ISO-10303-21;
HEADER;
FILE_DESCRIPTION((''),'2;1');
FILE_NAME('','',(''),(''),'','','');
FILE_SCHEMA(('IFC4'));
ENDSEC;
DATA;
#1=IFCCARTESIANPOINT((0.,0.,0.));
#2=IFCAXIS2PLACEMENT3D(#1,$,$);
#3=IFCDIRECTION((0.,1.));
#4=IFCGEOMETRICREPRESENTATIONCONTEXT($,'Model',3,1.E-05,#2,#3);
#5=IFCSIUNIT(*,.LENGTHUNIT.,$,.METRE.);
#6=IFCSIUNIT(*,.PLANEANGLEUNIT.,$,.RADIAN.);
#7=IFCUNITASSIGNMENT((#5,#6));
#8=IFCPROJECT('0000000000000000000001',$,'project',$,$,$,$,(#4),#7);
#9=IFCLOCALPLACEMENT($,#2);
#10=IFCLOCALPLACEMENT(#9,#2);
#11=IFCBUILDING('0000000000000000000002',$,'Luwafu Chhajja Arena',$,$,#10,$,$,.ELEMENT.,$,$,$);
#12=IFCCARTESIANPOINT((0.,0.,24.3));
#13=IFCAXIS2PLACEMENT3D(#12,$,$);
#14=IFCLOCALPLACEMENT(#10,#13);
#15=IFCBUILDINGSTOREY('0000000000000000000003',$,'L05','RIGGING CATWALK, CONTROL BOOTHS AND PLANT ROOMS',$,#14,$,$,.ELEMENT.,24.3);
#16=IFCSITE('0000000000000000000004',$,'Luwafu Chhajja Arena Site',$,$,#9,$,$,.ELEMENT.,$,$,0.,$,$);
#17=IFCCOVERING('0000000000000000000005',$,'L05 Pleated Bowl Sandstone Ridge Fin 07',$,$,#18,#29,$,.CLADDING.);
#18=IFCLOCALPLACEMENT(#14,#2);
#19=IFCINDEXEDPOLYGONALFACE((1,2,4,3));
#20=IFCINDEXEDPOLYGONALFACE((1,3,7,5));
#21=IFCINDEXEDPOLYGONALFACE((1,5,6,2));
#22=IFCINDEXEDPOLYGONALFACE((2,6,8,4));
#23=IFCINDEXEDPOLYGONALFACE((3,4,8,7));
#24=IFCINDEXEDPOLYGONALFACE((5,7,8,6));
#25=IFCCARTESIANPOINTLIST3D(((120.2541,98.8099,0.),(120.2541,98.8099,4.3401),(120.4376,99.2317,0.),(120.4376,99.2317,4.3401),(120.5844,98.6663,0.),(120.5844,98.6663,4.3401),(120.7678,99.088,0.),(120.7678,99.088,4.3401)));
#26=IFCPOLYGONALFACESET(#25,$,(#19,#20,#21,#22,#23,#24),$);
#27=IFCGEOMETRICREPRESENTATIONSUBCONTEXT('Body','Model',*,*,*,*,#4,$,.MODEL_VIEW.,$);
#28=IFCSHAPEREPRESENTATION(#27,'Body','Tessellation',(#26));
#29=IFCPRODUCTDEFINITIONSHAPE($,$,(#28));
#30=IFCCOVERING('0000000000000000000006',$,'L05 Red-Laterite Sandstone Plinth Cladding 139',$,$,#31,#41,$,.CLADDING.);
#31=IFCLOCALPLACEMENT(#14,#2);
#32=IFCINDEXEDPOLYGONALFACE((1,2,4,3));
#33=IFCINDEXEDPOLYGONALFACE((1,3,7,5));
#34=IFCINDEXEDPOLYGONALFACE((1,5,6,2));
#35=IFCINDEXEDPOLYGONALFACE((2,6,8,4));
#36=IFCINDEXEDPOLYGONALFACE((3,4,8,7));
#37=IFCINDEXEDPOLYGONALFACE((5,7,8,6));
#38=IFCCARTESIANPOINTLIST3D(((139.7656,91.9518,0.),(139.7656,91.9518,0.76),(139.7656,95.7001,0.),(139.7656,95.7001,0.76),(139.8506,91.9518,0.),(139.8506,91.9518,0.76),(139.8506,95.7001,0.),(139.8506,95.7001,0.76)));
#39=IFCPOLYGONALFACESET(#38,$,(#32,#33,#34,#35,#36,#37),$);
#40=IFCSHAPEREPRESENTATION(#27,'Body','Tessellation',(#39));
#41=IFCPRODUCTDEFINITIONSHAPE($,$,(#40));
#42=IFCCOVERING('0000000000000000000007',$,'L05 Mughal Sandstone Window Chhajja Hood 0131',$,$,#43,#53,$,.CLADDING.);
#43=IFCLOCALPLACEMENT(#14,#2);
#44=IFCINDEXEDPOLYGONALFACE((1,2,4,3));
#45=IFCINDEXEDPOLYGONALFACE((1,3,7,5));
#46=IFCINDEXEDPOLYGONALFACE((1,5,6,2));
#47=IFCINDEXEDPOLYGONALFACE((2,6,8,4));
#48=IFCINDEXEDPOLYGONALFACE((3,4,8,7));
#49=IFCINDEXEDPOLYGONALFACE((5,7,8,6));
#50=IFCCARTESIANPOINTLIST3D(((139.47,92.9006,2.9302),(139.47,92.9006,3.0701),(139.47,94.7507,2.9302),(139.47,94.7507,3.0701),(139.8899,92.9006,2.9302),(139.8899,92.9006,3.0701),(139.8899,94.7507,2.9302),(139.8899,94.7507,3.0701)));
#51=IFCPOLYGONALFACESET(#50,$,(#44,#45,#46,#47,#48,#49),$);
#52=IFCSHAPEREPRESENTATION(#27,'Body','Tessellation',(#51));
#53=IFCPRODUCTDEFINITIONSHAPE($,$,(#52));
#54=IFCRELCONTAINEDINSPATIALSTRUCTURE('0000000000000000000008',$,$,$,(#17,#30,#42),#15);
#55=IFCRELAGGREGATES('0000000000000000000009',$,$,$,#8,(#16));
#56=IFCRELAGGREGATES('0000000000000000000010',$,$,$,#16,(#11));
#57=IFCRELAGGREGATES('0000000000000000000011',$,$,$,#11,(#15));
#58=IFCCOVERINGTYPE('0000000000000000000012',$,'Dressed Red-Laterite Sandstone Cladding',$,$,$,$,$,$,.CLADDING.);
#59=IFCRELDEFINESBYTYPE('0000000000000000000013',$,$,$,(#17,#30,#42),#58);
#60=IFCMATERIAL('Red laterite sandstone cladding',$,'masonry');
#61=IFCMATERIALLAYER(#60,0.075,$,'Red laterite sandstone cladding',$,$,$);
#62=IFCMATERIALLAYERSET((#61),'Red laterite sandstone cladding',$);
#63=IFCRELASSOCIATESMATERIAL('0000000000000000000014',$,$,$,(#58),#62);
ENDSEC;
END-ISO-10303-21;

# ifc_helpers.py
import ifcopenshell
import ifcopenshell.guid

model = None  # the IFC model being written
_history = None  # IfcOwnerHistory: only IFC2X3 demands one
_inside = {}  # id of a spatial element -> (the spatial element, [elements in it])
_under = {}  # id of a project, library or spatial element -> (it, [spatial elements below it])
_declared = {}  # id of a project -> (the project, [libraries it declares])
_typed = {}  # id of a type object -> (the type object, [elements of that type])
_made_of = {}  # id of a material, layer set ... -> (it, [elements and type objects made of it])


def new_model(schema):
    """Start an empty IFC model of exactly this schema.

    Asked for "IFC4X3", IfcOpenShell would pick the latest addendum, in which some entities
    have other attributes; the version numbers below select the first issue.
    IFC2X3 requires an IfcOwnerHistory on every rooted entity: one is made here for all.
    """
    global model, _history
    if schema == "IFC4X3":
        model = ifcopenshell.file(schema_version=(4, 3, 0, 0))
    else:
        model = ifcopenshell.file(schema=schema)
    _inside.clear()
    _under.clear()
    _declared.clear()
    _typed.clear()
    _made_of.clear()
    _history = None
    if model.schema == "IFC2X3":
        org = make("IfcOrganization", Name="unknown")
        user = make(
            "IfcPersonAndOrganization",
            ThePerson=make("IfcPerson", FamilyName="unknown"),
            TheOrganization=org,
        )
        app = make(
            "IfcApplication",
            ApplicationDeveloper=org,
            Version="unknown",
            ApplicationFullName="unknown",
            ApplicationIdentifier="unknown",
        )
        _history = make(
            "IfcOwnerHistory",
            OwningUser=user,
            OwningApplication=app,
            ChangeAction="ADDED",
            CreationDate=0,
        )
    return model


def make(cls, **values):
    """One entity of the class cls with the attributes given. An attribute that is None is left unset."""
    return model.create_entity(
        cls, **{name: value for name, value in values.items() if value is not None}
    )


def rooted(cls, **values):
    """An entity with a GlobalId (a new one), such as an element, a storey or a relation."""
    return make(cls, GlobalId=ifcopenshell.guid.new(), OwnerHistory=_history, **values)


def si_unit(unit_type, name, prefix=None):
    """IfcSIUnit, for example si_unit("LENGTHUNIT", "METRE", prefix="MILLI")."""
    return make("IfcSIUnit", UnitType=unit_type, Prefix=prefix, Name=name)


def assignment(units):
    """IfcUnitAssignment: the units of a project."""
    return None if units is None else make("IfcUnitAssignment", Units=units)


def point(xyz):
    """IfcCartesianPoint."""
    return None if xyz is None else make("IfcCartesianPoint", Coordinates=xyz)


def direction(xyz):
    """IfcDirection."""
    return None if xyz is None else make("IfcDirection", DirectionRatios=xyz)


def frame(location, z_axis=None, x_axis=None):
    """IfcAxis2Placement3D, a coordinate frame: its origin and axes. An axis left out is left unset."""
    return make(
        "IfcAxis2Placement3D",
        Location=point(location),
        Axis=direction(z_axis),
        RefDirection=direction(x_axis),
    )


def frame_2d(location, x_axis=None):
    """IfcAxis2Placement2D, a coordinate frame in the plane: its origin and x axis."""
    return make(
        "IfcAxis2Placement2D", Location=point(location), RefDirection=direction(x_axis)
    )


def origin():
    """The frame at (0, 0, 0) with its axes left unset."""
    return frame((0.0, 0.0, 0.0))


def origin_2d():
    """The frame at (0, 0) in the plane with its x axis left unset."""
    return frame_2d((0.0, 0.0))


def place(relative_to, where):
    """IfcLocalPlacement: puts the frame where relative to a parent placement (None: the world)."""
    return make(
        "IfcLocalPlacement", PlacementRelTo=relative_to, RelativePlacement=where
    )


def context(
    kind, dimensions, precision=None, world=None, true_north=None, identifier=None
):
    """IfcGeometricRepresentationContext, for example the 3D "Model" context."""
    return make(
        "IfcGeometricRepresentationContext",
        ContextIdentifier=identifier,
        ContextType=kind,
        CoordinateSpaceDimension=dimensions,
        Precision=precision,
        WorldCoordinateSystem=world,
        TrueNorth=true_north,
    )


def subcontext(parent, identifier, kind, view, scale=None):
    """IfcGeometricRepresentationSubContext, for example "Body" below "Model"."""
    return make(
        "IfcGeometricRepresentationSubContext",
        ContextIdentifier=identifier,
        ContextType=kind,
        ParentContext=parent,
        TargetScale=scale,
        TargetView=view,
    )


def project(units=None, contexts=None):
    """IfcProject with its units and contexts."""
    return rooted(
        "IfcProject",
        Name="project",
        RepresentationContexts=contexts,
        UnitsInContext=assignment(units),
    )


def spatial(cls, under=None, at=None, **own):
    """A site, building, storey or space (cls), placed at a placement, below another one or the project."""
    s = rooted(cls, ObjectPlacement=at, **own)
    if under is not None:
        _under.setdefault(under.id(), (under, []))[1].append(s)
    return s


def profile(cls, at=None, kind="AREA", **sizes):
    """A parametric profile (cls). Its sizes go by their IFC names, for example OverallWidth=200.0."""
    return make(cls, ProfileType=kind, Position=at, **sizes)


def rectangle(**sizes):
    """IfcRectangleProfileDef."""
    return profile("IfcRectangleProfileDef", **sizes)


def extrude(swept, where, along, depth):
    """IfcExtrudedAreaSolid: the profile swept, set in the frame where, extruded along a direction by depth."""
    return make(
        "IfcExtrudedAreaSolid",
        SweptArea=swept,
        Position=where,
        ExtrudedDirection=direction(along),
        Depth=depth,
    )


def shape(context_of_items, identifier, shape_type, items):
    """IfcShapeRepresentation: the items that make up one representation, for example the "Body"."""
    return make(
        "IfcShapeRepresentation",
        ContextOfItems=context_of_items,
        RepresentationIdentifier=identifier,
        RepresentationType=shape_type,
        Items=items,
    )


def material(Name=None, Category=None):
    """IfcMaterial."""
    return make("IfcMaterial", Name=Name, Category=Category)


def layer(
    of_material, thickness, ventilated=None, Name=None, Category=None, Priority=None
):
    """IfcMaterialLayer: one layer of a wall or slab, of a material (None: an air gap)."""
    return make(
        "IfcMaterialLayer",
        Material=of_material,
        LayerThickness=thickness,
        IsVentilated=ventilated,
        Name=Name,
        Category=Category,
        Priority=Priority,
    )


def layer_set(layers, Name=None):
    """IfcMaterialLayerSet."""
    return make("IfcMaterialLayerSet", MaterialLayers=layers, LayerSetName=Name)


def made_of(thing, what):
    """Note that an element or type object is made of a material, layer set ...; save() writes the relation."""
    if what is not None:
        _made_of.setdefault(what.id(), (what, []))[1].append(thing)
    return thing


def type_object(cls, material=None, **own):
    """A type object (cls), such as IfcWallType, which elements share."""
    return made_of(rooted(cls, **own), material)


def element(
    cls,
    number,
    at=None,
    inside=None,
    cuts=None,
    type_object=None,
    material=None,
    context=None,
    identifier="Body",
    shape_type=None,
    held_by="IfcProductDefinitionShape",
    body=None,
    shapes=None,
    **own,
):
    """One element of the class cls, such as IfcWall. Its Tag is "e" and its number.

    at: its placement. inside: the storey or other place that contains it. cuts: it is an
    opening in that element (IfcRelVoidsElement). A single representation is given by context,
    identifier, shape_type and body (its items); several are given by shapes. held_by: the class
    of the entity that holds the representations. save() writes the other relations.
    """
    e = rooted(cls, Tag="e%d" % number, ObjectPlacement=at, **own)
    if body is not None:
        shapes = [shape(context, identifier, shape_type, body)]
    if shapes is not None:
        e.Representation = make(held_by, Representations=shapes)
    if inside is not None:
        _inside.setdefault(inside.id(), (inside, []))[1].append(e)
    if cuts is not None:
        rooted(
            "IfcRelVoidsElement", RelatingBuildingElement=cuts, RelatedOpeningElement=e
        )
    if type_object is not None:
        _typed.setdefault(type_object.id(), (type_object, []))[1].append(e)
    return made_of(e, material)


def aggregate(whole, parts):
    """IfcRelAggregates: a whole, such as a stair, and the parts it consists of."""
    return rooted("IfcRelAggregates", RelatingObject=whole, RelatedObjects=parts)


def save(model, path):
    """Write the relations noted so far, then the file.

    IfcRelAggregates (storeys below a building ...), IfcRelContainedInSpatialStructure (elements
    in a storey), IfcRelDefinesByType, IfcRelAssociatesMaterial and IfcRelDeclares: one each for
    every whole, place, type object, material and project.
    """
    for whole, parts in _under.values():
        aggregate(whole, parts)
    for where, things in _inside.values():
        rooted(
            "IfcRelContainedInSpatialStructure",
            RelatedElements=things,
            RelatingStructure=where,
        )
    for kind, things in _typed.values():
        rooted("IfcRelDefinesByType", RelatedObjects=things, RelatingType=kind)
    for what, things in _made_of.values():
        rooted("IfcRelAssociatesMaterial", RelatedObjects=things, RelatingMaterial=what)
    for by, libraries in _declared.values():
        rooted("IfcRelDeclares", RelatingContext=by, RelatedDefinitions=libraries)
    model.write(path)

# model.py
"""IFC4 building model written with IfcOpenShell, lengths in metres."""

from ifc_helpers import new_model, si_unit, direction, frame, origin, origin_2d, place, context, subcontext, project, spatial, rectangle, extrude, material, layer, layer_set, type_object, element, save


model = new_model("IFC4")

# Units and contexts
model_context = context("Model", 3, precision=1e-05, world=origin(), true_north=direction((0.0, 1.0)))
body_context = subcontext(model_context, "Body", "Model", "MODEL_VIEW")
ifc_project = project(units=[si_unit("LENGTHUNIT", "METRE"), si_unit("PLANEANGLEUNIT", "RADIAN")], contexts=[model_context])

# Site, building, storey
site_placement = place(None, origin())
site = spatial("IfcSite", under=ifc_project, at=site_placement, Name="Luwafu Chhajja Arena Site", CompositionType="ELEMENT", RefElevation=0.0)
building_placement = place(site_placement, origin())
building = spatial("IfcBuilding", under=site, at=building_placement, Name="Luwafu Chhajja Arena", CompositionType="ELEMENT")
storey_placement = place(building_placement, frame((0.0, 0.0, 24.3)))
storey = spatial("IfcBuildingStorey", under=building, at=storey_placement, Name="L05", Description="RIGGING CATWALK, CONTROL BOOTHS AND PLANT ROOMS", CompositionType="ELEMENT", Elevation=24.3)

# Coverings
ifc_material_1 = material(Name="Red laterite sandstone cladding", Category="masonry")
ifc_layer_1 = layer(ifc_material_1, 0.075, Name="Red laterite sandstone cladding")
ifc_layer_set_1 = layer_set([ifc_layer_1], Name="Red laterite sandstone cladding")
covering_type = type_object("IfcCoveringType", Name="Dressed Red-Laterite Sandstone Cladding", PredefinedType="CLADDING", material=ifc_layer_set_1)
for number, where, z_axis, x_axis, name in (
    (1, (120.511, 98.949, 0.0), (0.0, 0.0, 1.0), (0.398903, 0.916993, 0.0), "L05 Pleated Bowl Sandstone Ridge Fin 07"),
):
    element("IfcCovering", number, at=place(storey_placement, frame(where, z_axis=z_axis, x_axis=x_axis)), inside=storey, type_object=covering_type, Name=name, PredefinedType="CLADDING", context=body_context, shape_type="SweptSolid", body=[
        extrude(rectangle(XDim=0.46, YDim=0.3601, at=origin_2d()), origin(), (0.0, 0.0, 1.0), 4.3401),
    ])
covering_1_placement = place(storey_placement, frame((139.8081, 93.8259, 0.0), z_axis=(0.0, 0.0, 1.0), x_axis=(0.0, 1.0, 0.0)))
element("IfcCovering", 2, at=covering_1_placement, inside=storey, type_object=covering_type, Name="L05 Red-Laterite Sandstone Plinth Cladding 139", PredefinedType="CLADDING", context=body_context, shape_type="SweptSolid", body=[
    extrude(rectangle(XDim=3.7483, YDim=0.085, at=origin_2d()), origin(), (0.0, 0.0, 1.0), 0.76),
])
covering_2_placement = place(storey_placement, frame((139.6799, 93.8257, 2.9302), z_axis=(0.0, 0.0, 1.0), x_axis=(0.0, 1.0, 0.0)))
element("IfcCovering", 3, at=covering_2_placement, inside=storey, type_object=covering_type, Name="L05 Mughal Sandstone Window Chhajja Hood 0131", PredefinedType="CLADDING", context=body_context, shape_type="SweptSolid", body=[
    extrude(rectangle(XDim=1.8501, YDim=0.4199, at=origin_2d()), origin(), (0.0, 0.0, 1.0), 0.1399),
])

save(model, "model.ifc")
